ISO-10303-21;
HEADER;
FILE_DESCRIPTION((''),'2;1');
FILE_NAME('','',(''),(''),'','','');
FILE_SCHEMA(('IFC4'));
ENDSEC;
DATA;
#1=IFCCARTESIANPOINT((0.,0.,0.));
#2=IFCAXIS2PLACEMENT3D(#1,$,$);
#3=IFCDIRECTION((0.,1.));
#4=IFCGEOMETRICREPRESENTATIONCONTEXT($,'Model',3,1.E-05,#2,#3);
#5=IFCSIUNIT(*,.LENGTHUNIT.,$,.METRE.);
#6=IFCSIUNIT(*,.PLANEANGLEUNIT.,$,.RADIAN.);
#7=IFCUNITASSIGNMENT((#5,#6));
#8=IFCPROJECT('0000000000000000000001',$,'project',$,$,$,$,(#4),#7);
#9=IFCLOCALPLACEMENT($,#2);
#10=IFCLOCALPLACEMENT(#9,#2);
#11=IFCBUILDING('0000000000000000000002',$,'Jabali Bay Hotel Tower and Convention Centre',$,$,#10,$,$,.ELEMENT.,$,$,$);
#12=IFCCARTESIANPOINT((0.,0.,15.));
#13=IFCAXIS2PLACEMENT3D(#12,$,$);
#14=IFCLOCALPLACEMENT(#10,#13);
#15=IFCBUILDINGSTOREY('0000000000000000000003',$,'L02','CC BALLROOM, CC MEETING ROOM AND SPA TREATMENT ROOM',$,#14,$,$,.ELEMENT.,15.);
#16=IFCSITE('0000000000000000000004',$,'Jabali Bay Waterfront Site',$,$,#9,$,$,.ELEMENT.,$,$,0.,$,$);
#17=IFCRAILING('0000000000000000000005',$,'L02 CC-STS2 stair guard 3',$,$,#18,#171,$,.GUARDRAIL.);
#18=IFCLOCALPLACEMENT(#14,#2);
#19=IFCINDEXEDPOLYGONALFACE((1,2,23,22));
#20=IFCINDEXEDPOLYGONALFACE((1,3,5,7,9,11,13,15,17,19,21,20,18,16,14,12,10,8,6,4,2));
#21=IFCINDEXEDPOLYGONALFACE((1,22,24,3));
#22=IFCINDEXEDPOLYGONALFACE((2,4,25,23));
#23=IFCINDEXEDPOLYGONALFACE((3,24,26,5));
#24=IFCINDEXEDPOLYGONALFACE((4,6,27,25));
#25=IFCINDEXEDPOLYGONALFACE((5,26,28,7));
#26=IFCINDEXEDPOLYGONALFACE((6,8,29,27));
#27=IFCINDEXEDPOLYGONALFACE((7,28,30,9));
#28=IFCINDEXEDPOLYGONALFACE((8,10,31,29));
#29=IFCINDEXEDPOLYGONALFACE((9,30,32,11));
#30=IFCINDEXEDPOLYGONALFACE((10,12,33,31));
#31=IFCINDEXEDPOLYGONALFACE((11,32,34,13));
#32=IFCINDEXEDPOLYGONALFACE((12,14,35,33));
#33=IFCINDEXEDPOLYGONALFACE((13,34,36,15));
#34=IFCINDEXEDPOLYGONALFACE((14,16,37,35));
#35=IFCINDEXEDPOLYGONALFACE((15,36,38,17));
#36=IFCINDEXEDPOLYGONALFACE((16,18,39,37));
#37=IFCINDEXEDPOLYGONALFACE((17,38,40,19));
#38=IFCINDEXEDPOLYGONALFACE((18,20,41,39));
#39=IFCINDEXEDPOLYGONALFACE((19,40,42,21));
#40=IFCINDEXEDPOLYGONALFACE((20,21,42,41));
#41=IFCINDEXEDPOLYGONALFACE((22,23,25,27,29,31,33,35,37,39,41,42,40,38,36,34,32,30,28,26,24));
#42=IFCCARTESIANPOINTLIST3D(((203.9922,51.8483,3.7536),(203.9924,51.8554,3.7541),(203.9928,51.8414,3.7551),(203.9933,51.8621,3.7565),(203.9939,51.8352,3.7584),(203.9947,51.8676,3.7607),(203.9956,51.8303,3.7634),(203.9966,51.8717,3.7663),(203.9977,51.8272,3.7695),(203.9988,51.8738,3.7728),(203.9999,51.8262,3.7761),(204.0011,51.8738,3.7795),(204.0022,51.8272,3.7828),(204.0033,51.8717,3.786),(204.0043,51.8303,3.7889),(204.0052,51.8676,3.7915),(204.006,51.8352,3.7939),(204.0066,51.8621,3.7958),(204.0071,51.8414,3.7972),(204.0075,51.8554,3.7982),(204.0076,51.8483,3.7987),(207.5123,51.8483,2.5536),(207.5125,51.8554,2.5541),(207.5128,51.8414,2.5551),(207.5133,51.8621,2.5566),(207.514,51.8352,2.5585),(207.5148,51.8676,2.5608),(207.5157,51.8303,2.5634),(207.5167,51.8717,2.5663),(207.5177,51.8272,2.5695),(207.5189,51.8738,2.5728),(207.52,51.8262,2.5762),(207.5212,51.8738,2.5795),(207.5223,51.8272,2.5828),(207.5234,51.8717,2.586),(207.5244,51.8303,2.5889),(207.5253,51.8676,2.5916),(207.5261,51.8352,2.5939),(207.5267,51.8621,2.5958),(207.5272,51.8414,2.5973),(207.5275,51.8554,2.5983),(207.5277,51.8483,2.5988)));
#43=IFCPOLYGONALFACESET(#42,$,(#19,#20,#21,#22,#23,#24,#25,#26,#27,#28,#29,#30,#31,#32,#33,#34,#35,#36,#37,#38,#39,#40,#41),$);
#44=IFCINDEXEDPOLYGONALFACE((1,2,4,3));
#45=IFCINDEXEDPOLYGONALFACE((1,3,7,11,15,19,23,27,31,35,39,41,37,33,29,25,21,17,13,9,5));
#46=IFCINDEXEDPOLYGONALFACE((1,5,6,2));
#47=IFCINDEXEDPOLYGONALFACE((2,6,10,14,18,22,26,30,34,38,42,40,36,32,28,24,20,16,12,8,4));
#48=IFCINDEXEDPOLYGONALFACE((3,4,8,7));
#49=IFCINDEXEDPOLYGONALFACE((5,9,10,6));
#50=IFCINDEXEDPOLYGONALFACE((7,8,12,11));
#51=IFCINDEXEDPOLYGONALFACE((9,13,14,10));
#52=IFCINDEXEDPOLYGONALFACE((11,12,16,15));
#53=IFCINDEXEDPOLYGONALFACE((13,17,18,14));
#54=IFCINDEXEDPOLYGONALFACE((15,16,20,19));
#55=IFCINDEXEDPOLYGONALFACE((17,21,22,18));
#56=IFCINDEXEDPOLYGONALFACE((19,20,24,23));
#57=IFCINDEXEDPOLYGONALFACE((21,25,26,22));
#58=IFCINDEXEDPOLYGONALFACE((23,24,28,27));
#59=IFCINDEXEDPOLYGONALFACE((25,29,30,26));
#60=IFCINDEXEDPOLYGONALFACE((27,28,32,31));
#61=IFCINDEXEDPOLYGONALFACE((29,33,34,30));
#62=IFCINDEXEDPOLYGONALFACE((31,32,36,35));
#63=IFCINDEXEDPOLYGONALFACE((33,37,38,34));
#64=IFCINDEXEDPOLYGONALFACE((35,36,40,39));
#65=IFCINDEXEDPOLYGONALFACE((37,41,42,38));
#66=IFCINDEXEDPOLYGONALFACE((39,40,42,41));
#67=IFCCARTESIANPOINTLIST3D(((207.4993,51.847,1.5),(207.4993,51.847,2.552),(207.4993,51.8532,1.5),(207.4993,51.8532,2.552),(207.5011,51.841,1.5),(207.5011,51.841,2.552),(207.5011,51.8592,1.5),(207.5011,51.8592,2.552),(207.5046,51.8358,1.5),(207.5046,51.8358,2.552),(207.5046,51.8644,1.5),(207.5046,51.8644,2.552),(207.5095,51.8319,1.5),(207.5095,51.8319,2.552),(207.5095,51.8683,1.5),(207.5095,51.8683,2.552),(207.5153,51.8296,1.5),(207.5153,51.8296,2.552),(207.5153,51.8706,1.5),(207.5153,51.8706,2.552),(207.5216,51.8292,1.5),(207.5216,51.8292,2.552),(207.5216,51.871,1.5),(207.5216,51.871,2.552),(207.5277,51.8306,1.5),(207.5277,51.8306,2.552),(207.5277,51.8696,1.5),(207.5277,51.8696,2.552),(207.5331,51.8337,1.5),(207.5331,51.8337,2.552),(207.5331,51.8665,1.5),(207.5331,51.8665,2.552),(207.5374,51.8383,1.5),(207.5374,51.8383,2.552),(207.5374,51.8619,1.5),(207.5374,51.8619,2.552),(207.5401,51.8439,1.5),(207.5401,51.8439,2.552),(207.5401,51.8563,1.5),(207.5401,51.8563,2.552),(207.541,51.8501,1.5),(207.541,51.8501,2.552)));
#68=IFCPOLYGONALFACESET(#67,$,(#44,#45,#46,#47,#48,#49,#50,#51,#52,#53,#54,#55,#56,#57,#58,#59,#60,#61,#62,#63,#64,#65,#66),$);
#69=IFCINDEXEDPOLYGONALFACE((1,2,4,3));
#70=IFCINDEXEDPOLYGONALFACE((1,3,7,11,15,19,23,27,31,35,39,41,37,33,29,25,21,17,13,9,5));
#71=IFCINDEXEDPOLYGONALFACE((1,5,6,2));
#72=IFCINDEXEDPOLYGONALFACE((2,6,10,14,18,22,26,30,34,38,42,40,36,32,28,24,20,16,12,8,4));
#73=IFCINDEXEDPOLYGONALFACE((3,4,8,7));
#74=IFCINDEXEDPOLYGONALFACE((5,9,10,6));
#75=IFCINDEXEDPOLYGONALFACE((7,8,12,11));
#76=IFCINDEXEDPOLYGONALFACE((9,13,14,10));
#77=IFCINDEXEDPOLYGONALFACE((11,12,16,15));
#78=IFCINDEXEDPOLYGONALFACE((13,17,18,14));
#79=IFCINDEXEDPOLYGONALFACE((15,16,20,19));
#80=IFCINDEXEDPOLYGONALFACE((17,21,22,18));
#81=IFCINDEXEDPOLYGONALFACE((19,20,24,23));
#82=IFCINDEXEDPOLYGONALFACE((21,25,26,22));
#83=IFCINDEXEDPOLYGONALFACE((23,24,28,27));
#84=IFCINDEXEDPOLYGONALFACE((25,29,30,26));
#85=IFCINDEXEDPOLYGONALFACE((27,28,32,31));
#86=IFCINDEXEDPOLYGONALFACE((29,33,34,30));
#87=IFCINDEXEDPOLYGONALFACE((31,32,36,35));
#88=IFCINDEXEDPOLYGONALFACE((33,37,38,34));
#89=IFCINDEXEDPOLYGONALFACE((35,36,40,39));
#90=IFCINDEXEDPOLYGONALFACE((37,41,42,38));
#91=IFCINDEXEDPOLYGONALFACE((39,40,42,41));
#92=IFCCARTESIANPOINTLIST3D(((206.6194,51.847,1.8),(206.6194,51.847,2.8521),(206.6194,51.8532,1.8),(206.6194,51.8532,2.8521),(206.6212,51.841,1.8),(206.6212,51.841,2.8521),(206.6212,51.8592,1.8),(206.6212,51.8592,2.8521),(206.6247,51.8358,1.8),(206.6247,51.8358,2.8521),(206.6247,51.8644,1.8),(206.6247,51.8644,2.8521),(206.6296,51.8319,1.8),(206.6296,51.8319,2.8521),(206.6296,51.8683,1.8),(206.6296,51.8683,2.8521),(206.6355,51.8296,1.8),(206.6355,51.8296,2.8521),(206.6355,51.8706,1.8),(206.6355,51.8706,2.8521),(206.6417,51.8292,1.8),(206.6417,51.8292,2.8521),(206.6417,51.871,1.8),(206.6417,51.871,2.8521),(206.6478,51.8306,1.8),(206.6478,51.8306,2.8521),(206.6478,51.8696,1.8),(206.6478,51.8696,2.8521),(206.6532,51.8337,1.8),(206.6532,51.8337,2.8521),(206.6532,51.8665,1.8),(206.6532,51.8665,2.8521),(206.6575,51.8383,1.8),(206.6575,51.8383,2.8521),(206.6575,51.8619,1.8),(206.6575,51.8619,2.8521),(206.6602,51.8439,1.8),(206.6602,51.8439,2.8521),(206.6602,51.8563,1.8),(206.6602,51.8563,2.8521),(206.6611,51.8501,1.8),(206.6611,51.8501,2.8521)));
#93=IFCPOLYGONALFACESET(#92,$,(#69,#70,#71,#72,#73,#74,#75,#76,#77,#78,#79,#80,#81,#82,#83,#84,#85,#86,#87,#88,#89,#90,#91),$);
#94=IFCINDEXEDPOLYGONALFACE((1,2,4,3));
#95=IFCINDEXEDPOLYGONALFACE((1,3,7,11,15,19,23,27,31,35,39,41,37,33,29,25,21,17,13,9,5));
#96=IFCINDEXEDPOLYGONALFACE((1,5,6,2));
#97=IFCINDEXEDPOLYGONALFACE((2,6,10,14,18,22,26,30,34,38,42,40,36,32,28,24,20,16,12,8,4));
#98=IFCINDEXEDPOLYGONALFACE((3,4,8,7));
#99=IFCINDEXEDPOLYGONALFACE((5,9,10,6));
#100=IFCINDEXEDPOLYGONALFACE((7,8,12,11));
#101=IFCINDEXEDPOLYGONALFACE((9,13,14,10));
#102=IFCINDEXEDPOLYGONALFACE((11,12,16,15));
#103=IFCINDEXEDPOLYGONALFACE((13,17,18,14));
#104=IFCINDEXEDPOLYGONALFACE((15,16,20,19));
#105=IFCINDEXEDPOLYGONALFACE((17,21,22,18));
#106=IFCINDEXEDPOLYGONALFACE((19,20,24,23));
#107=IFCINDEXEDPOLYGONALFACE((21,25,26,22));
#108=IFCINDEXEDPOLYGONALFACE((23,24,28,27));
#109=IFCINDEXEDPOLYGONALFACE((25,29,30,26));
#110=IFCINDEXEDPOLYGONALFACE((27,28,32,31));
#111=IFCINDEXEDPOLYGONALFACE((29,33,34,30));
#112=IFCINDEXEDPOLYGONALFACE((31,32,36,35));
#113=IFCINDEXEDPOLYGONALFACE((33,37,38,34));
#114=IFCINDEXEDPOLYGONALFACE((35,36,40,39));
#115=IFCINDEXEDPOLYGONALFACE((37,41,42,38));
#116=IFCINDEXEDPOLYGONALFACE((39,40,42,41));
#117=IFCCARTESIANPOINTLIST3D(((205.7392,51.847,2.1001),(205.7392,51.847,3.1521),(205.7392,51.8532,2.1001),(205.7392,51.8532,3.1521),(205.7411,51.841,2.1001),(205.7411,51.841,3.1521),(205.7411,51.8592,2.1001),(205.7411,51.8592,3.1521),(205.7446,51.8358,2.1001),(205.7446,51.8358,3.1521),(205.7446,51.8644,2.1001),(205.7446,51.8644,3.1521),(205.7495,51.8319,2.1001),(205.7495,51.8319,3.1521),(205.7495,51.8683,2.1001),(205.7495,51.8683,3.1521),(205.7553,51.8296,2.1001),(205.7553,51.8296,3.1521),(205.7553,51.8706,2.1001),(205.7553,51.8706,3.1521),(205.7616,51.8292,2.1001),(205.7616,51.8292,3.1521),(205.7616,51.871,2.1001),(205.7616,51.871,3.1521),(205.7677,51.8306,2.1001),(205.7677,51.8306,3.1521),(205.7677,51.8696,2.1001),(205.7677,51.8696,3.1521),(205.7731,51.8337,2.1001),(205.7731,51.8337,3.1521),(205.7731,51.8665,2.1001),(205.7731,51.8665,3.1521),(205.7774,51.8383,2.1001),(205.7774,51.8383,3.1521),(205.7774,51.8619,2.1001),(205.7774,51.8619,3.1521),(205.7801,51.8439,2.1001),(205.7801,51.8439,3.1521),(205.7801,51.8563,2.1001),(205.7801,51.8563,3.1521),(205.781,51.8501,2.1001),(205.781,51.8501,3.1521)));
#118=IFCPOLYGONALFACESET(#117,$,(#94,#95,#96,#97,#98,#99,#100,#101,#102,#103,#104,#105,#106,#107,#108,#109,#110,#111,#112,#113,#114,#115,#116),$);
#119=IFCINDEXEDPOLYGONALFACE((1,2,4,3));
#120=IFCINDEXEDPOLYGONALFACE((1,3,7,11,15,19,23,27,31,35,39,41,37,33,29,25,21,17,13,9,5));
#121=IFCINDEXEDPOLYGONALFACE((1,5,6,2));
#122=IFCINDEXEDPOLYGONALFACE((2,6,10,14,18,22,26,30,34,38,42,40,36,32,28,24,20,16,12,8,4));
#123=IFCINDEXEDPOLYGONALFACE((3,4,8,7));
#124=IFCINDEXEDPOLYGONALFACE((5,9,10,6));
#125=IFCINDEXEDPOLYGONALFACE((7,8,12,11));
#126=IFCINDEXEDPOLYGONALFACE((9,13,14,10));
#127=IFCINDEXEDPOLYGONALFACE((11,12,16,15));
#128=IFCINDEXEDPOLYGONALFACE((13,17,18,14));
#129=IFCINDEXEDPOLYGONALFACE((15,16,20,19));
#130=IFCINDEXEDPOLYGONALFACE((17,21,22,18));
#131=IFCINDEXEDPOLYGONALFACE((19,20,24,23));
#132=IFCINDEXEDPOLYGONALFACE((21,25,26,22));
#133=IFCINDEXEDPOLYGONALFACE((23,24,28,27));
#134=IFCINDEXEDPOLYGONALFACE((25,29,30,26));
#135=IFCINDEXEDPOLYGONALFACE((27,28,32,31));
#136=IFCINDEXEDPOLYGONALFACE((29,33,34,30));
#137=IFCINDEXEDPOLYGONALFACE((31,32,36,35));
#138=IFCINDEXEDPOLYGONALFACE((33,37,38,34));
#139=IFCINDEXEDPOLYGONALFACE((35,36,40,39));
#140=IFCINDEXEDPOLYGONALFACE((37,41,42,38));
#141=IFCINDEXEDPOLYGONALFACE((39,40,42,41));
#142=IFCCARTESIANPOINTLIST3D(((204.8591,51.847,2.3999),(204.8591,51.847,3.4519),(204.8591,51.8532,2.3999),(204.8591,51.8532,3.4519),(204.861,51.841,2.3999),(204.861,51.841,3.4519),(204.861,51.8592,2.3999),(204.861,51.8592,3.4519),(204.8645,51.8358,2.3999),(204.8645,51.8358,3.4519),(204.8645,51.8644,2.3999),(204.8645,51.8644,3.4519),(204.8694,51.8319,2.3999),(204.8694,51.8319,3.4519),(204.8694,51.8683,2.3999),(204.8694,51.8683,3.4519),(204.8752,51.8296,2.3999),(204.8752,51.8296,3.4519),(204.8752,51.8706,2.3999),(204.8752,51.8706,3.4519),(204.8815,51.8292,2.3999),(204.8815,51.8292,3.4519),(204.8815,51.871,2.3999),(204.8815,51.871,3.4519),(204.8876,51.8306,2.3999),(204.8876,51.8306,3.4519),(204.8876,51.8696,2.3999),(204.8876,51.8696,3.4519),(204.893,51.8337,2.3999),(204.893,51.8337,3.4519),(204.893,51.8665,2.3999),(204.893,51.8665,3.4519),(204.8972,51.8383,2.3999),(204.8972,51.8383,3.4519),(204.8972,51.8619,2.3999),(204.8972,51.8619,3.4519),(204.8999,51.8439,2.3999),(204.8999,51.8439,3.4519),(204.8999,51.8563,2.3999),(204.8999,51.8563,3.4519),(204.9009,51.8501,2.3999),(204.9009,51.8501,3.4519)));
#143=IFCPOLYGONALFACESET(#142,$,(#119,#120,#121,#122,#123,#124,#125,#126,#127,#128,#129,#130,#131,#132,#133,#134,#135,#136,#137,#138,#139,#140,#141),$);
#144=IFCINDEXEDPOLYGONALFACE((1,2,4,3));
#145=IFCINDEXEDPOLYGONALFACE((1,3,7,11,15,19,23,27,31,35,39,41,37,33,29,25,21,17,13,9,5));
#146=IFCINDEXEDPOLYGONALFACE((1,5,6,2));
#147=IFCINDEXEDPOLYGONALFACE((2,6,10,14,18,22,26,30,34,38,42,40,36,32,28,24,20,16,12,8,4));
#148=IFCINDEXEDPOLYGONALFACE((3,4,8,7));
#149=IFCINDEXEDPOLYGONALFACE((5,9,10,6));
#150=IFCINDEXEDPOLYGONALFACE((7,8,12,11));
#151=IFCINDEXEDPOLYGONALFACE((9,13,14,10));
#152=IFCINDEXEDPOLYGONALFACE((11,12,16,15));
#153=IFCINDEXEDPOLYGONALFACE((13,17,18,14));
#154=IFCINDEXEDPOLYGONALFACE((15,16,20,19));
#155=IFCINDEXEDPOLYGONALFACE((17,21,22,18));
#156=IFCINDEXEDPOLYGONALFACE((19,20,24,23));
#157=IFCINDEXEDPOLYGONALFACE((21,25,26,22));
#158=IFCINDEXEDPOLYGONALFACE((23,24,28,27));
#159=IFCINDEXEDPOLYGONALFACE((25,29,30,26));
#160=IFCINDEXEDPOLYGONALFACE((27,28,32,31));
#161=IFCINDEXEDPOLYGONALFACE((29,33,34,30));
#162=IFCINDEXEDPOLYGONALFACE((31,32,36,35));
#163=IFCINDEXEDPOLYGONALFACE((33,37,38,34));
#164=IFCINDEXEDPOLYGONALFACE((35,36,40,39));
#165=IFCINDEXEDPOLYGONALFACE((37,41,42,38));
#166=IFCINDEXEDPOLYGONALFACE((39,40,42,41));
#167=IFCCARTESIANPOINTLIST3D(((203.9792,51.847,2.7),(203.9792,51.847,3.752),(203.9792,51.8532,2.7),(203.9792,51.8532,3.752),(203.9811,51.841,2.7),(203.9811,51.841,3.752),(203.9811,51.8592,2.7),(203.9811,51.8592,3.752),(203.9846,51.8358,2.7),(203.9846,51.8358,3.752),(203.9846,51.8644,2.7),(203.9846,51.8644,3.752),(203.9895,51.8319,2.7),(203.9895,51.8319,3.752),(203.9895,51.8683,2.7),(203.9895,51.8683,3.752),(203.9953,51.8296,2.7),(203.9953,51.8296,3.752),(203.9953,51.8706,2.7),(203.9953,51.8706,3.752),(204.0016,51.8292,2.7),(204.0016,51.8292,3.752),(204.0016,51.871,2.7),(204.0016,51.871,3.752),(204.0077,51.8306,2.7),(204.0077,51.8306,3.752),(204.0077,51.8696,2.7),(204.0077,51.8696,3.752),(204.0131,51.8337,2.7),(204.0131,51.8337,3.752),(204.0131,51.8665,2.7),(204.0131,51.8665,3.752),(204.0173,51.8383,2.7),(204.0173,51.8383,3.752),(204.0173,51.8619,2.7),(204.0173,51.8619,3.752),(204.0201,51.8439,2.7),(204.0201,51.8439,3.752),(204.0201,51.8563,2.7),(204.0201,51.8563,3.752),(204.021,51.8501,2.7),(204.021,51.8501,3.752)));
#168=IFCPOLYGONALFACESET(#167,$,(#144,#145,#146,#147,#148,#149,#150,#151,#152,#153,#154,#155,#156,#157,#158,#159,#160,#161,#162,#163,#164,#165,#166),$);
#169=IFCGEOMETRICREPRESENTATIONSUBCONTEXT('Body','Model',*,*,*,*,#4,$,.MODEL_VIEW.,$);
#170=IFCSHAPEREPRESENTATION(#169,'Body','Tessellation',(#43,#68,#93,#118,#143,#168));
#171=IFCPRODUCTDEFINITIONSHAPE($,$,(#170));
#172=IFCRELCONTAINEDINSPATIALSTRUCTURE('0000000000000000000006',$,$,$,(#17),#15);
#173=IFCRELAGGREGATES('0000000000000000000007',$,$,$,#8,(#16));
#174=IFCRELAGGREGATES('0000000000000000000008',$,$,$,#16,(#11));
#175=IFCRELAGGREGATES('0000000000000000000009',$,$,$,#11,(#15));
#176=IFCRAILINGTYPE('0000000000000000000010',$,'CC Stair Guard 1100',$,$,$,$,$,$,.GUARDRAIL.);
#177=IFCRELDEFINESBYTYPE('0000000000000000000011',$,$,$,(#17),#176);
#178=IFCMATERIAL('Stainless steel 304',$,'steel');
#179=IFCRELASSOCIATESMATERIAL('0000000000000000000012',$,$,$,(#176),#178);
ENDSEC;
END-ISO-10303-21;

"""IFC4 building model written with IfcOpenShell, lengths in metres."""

from ifc_helpers import new_model, si_unit, direction, frame, origin, origin_2d, place, context, subcontext, project, spatial, circle, extrude, material, type_object, element, save


model = new_model("IFC4")

# Units and contexts
model_context = context("Model", 3, precision=1e-05, world=origin(), true_north=direction((0.0, 1.0)))
body_context = subcontext(model_context, "Body", "Model", "MODEL_VIEW")
ifc_project = project(units=[si_unit("LENGTHUNIT", "METRE"), si_unit("PLANEANGLEUNIT", "RADIAN")], contexts=[model_context])

# Site, building, storey
site_placement = place(None, origin())
site = spatial("IfcSite", under=ifc_project, at=site_placement, Name="Jabali Bay Waterfront Site", CompositionType="ELEMENT", RefElevation=0.0)
building_placement = place(site_placement, origin())
building = spatial("IfcBuilding", under=site, at=building_placement, Name="Jabali Bay Hotel Tower and Convention Centre", CompositionType="ELEMENT")
storey_placement = place(building_placement, frame((0.0, 0.0, 15.0)))
storey = spatial("IfcBuildingStorey", under=building, at=storey_placement, Name="L02", Description="CC BALLROOM, CC MEETING ROOM AND SPA TREATMENT ROOM", CompositionType="ELEMENT", Elevation=15.0)

# Railing
ifc_material_1 = material(Name="Stainless steel 304", Category="steel")
railing_type_1 = type_object("IfcRailingType", Name="CC Stair Guard 1100", PredefinedType="GUARDRAIL", material=ifc_material_1)
railing_1_placement = place(storey_placement, frame((207.52, 51.8501, 1.5)))
element("IfcRailing", 1, at=railing_1_placement, inside=storey, type_object=railing_type_1, Name="L02 CC-STS2 stair guard 3", PredefinedType="GUARDRAIL", context=body_context, shape_type="SweptSolid", body=[
    extrude(circle(Radius=0.0239, at=origin_2d()), frame((0.0, 0.0, 1.0762), z_axis=(-0.946515, 0.0, 0.322661), x_axis=(0.0, -1.0, 0.0)), (0.0, 0.0, 1.0), 3.719),
    extrude(circle(Radius=0.021, at=origin_2d()), origin(), (0.0, 0.0, 1.0), 1.052),
    extrude(circle(Radius=0.021, at=origin_2d()), frame((-0.8799, 0.0, 0.3)), (0.0, 0.0, 1.0), 1.052),
    extrude(circle(Radius=0.021, at=origin_2d()), frame((-1.76, 0.0, 0.6001)), (0.0, 0.0, 1.0), 1.052),
    extrude(circle(Radius=0.021, at=origin_2d()), frame((-2.6401, 0.0, 0.8999)), (0.0, 0.0, 1.0), 1.052),
    extrude(circle(Radius=0.021, at=origin_2d()), frame((-3.52, 0.0, 1.2)), (0.0, 0.0, 1.0), 1.052),
])

save(model, "model.ifc")
